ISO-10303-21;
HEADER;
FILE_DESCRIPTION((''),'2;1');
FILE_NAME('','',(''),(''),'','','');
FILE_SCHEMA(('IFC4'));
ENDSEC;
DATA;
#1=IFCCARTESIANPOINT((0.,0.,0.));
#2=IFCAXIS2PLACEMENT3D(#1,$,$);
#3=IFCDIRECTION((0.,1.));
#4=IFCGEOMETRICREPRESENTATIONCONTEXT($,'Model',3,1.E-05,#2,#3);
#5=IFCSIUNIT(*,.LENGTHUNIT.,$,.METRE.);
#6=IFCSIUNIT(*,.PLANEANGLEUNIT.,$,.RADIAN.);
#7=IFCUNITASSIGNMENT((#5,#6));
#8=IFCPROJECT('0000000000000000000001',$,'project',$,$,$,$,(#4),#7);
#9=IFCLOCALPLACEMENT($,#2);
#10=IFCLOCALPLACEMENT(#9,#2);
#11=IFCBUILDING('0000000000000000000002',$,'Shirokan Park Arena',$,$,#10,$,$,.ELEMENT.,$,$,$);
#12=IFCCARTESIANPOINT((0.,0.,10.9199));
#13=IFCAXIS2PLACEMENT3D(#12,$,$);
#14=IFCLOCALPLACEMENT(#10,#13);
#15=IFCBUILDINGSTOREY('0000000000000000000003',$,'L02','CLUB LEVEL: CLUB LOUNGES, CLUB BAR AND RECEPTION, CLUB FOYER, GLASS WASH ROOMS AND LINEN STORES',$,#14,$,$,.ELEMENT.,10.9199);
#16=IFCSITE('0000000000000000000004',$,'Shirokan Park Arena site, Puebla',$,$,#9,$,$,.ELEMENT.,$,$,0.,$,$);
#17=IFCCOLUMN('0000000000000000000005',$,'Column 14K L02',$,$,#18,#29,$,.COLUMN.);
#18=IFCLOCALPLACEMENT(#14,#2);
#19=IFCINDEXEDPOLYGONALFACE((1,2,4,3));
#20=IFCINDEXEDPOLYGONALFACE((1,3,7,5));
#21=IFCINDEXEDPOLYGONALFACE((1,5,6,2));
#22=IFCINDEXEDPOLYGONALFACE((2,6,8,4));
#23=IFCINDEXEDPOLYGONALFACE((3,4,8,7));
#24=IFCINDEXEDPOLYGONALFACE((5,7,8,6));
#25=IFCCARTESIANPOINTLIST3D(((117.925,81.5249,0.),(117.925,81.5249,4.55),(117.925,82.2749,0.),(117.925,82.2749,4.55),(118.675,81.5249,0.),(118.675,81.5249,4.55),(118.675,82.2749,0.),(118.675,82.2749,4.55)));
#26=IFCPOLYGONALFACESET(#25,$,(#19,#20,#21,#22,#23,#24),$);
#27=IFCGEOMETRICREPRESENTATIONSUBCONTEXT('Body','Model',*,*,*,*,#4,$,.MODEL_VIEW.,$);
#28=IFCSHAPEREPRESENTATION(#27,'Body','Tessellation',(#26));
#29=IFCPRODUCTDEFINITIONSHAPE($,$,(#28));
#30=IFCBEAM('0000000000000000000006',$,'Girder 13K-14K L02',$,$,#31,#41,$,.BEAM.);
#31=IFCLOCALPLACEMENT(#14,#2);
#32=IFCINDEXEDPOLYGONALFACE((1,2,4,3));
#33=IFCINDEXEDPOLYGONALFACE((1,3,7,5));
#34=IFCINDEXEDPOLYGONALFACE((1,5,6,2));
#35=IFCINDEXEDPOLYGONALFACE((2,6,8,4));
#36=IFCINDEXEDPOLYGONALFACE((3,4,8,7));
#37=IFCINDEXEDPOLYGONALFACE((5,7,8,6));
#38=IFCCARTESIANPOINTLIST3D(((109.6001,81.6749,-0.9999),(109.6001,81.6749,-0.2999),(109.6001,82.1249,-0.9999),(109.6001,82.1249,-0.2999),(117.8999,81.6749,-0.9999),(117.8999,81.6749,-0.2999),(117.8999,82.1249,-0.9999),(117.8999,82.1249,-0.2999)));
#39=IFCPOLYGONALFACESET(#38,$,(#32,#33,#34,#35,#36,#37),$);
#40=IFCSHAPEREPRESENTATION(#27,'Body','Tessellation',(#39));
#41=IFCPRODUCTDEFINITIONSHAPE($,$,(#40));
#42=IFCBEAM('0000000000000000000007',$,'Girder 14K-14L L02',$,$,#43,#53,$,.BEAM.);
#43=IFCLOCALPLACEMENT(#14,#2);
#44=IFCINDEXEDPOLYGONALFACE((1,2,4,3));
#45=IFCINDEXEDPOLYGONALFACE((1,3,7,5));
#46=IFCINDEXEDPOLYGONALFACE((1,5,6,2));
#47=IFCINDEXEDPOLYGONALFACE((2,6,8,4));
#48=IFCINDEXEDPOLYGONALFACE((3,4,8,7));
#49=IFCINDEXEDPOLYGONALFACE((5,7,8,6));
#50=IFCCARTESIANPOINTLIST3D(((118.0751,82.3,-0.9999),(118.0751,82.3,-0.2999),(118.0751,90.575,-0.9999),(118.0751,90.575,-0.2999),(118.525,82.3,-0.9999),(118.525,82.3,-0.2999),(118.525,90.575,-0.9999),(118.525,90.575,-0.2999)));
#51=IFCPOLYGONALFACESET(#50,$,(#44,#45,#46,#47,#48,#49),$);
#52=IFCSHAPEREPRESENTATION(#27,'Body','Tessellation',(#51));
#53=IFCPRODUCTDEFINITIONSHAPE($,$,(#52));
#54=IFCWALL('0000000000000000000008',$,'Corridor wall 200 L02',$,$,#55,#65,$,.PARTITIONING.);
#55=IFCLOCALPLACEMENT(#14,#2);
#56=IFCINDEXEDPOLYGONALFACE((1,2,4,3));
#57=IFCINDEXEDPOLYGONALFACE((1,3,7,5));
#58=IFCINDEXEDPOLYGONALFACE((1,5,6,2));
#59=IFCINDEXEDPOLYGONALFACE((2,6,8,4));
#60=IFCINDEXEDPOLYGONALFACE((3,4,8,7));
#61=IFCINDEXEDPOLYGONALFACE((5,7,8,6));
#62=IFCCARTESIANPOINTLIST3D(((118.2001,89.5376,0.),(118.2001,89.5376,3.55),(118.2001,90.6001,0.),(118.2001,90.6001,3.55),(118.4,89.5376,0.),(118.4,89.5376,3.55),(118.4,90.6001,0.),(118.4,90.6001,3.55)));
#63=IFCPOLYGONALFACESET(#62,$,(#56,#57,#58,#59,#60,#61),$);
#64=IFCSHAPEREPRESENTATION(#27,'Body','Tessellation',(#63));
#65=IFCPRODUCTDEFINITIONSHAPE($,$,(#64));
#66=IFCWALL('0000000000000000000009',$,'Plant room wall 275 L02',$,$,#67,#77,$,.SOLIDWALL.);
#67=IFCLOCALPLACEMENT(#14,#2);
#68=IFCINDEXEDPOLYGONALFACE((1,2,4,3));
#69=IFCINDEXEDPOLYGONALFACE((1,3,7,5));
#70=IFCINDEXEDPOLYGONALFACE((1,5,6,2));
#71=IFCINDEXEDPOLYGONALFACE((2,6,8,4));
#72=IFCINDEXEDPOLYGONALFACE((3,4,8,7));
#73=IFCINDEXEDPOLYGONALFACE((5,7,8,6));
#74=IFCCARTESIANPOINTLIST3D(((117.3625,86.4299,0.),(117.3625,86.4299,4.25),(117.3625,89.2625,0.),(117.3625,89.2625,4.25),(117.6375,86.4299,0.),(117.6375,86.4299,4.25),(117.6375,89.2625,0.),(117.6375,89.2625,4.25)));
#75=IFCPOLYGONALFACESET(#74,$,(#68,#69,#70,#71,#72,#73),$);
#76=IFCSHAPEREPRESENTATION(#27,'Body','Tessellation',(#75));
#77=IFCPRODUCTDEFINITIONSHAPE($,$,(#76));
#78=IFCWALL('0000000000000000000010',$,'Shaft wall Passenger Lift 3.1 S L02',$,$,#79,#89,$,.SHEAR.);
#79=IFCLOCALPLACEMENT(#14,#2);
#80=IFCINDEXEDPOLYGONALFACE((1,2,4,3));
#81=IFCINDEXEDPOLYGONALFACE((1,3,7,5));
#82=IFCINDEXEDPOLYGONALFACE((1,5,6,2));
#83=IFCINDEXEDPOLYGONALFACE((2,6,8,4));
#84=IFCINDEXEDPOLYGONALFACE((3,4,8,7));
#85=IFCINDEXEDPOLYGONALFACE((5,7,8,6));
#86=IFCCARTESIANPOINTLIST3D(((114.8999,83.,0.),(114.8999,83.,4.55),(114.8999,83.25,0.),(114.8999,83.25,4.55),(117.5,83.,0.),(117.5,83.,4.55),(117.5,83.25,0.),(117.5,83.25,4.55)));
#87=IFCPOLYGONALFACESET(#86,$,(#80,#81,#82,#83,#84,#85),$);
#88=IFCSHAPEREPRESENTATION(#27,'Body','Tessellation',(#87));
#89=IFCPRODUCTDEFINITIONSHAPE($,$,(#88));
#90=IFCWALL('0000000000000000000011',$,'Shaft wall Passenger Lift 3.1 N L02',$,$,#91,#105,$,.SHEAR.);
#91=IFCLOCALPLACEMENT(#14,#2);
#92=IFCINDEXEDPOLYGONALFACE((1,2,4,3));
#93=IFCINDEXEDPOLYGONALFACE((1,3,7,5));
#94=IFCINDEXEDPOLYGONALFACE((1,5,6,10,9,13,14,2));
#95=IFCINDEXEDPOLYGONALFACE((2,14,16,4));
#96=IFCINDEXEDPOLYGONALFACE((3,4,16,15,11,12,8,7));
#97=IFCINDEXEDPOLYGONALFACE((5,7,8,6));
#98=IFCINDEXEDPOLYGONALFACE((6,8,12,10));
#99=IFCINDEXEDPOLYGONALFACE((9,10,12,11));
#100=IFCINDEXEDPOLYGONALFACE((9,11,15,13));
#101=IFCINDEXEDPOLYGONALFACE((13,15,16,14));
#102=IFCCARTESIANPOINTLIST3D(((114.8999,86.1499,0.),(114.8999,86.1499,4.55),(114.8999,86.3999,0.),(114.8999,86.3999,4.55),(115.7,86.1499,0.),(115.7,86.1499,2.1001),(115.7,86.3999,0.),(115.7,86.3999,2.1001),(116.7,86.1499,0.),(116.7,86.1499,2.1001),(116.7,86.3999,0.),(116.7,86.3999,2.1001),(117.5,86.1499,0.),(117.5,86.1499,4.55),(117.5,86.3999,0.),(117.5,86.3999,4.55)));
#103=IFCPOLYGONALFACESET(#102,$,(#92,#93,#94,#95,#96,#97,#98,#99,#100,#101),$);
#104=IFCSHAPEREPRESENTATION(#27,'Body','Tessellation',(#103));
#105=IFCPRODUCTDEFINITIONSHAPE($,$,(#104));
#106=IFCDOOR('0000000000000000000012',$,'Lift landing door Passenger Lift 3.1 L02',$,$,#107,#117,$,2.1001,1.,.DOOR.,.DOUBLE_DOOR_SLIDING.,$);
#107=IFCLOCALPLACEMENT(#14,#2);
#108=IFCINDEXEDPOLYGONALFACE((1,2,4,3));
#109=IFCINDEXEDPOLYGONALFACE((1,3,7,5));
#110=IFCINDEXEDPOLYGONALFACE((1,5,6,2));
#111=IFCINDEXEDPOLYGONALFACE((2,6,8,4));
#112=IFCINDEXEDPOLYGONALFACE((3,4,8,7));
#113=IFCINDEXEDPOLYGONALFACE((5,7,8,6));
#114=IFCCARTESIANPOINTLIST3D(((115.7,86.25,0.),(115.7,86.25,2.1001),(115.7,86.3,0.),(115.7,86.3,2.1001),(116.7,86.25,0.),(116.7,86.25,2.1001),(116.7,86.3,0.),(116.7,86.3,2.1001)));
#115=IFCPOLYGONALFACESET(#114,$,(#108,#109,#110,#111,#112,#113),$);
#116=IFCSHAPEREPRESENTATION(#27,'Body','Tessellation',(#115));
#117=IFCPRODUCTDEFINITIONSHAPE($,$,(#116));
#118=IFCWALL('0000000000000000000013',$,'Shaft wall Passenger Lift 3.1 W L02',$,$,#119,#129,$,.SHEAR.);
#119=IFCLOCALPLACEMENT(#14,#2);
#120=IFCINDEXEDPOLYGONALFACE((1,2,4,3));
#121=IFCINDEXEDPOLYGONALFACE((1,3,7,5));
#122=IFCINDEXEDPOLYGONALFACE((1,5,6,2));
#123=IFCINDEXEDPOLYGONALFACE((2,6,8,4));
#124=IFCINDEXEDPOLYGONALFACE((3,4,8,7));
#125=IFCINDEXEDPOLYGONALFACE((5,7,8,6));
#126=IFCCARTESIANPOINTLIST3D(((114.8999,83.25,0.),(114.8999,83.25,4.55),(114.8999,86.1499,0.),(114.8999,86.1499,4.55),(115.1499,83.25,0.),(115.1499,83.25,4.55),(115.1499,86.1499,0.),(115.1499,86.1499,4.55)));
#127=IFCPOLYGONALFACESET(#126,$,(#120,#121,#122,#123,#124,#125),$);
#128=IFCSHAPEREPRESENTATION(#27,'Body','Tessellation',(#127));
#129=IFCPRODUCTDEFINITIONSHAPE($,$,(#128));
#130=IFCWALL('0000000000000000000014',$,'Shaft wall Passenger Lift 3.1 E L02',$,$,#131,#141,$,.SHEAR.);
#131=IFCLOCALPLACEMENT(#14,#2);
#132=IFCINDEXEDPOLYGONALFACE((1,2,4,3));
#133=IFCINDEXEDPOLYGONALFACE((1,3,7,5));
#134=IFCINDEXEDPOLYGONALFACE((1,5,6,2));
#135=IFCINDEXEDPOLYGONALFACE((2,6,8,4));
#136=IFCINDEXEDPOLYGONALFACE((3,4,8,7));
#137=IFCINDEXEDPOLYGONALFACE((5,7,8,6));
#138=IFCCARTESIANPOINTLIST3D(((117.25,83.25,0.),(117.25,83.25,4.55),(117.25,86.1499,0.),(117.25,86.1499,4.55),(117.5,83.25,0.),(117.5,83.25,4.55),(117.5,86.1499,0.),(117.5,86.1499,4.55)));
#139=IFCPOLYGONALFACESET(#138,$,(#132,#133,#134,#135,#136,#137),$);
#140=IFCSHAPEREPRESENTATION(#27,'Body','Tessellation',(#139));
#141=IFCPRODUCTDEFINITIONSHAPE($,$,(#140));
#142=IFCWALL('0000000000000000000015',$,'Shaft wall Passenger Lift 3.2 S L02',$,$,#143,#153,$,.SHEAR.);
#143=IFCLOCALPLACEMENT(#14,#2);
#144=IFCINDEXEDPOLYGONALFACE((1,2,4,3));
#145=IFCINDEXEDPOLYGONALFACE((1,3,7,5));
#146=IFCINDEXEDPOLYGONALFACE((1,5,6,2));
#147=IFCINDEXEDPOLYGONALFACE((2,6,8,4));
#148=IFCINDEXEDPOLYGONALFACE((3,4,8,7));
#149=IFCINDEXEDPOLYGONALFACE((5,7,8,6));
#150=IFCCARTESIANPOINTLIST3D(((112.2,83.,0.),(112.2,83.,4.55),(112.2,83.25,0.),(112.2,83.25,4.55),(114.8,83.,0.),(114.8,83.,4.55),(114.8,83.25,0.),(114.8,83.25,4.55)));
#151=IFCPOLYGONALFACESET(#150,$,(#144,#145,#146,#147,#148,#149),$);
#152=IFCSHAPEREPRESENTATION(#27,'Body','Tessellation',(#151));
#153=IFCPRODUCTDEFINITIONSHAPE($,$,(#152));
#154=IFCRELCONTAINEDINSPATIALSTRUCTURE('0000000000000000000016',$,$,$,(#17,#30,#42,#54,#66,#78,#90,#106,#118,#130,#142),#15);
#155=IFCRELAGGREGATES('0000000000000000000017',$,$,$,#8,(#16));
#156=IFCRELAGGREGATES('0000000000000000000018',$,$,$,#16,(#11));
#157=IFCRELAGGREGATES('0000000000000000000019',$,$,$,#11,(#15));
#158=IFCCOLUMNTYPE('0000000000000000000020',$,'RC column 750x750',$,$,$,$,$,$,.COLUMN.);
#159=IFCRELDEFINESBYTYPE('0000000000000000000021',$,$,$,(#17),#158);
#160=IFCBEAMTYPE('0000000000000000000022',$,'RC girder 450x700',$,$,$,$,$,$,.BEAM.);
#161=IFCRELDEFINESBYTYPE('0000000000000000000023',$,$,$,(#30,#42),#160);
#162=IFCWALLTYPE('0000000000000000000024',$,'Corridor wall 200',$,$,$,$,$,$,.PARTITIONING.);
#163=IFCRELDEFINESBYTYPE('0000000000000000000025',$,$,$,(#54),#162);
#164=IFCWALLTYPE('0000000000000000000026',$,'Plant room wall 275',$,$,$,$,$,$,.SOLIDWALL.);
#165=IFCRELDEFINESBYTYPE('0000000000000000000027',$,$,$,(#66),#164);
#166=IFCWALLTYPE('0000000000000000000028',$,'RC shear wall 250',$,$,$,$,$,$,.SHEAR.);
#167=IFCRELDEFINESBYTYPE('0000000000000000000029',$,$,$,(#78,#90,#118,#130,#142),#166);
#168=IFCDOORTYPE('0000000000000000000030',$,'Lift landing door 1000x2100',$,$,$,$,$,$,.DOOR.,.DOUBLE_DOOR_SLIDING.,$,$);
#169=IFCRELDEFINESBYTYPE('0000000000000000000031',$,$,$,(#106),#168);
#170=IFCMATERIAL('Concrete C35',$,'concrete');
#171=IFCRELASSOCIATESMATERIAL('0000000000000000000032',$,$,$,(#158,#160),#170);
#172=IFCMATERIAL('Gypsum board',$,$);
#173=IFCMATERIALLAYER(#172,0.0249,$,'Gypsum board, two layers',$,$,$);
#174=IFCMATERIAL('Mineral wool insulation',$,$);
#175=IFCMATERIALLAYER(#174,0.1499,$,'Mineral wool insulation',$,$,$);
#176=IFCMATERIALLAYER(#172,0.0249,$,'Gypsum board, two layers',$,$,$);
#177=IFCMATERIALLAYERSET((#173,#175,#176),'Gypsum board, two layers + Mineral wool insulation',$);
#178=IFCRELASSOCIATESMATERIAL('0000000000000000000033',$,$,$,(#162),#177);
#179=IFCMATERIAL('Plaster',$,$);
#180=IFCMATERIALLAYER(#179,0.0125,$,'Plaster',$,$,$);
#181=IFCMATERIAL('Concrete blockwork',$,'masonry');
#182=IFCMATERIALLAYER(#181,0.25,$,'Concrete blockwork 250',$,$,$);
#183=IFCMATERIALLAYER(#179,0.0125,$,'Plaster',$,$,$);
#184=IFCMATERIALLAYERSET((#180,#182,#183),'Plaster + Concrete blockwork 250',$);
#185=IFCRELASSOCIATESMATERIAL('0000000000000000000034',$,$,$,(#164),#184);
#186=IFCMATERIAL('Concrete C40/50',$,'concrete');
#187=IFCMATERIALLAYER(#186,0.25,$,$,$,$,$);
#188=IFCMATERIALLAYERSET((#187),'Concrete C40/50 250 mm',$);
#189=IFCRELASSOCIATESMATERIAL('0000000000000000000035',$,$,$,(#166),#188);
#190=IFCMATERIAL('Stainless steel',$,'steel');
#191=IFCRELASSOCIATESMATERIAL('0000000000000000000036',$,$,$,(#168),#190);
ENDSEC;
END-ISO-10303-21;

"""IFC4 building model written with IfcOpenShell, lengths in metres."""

from ifc_helpers import new_model, si_unit, direction, frame, frame_2d, origin, origin_2d, place, context, subcontext, project, spatial, rectangle, extrude, material, layer, layer_set, material_profile, profile_set, type_object, element, fill, save


model = new_model("IFC4")

# Units and contexts
model_context = context("Model", 3, precision=1e-05, world=origin(), true_north=direction((0.0, 1.0)))
body_context = subcontext(model_context, "Body", "Model", "MODEL_VIEW")
ifc_project = project(units=[si_unit("LENGTHUNIT", "METRE"), si_unit("PLANEANGLEUNIT", "RADIAN")], contexts=[model_context])

# Site, building, storey
site_placement = place(None, origin())
site = spatial("IfcSite", under=ifc_project, at=site_placement, Name="Shirokan Park Arena site, Puebla", CompositionType="ELEMENT", RefElevation=0.0)
building_placement = place(site_placement, origin())
building = spatial("IfcBuilding", under=site, at=building_placement, Name="Shirokan Park Arena", CompositionType="ELEMENT")
storey_placement = place(building_placement, frame((0.0, 0.0, 10.9199)))
storey = spatial("IfcBuildingStorey", under=building, at=storey_placement, Name="L02", Description="CLUB LEVEL: CLUB LOUNGES, CLUB BAR AND RECEPTION, CLUB FOYER, GLASS WASH ROOMS AND LINEN STORES", CompositionType="ELEMENT", Elevation=10.9199)

# Column
ifc_material_1 = material(Name="Concrete C35", Category="concrete")
ifc_material_profile_1 = material_profile(ifc_material_1, rectangle(XDim=0.75, YDim=0.75, at=origin_2d()), Name="750x750")
ifc_profile_set_1 = profile_set([ifc_material_profile_1], Name="Concrete C35")
column_type = type_object("IfcColumnType", Name="RC column 750x750", PredefinedType="COLUMN", material=ifc_profile_set_1)
column_placement = place(storey_placement, frame((118.3, 81.8999, 0.0), z_axis=(0.0, 0.0, 1.0), x_axis=(1.0, 0.0, 0.0)))
element("IfcColumn", 1, at=column_placement, inside=storey, type_object=column_type, Name="Column 14K L02", PredefinedType="COLUMN", context=body_context, shape_type="SweptSolid", body=[
    extrude(rectangle(XDim=0.75, YDim=0.75, at=origin_2d()), origin(), (0.0, 0.0, 1.0), 4.55),
])

# Beams
ifc_material_profile_2 = material_profile(ifc_material_1, rectangle(XDim=0.45, YDim=0.7, at=origin_2d()), Name="450x700")
ifc_profile_set_2 = profile_set([ifc_material_profile_2], Name="Concrete C35")
beam_type = type_object("IfcBeamType", Name="RC girder 450x700", PredefinedType="BEAM", material=ifc_profile_set_2)
beam_1_placement = place(storey_placement, frame((109.6001, 81.8999, -0.6499), z_axis=(1.0, 0.0, 0.0), x_axis=(0.0, 1.0, 0.0)))
element("IfcBeam", 2, at=beam_1_placement, inside=storey, type_object=beam_type, Name="Girder 13K-14K L02", PredefinedType="BEAM", context=body_context, shape_type="SweptSolid", body=[
    extrude(rectangle(XDim=0.45, YDim=0.7, at=origin_2d()), origin(), (0.0, 0.0, 1.0), 8.2998),
])
beam_2_placement = place(storey_placement, frame((118.3, 82.3, -0.6499), z_axis=(0.0, 1.0, 0.0), x_axis=(-1.0, 0.0, 0.0)))
element("IfcBeam", 3, at=beam_2_placement, inside=storey, type_object=beam_type, Name="Girder 14K-14L L02", PredefinedType="BEAM", context=body_context, shape_type="SweptSolid", body=[
    extrude(rectangle(XDim=0.45, YDim=0.7, at=origin_2d()), origin(), (0.0, 0.0, 1.0), 8.2749),
])

# Shared definitions
ifc_material_2 = material(Name="Gypsum board")
ifc_layer_1 = layer(ifc_material_2, 0.0249, Name="Gypsum board, two layers")
ifc_material_3 = material(Name="Mineral wool insulation")
ifc_layer_2 = layer(ifc_material_3, 0.1499, Name="Mineral wool insulation")
ifc_layer_3 = layer(ifc_material_2, 0.0249, Name="Gypsum board, two layers")
ifc_layer_set_1 = layer_set([ifc_layer_1, ifc_layer_2, ifc_layer_3], Name="Gypsum board, two layers + Mineral wool insulation")
wall_type_1 = type_object("IfcWallType", Name="Corridor wall 200", PredefinedType="PARTITIONING", material=ifc_layer_set_1)

# Walls
wall_1_placement = place(storey_placement, frame((118.3, 89.5376, 0.0), z_axis=(0.0, 0.0, 1.0), x_axis=(0.0, 1.0, 0.0)))
element("IfcWall", 4, at=wall_1_placement, inside=storey, type_object=wall_type_1, Name="Corridor wall 200 L02", PredefinedType="PARTITIONING", context=body_context, shape_type="SweptSolid", body=[
    extrude(rectangle(XDim=1.0625, YDim=0.2, at=frame_2d((0.5312, 0.0))), origin(), (0.0, 0.0, 1.0), 3.55),
])
ifc_material_4 = material(Name="Plaster")
ifc_layer_4 = layer(ifc_material_4, 0.0125, Name="Plaster")
ifc_material_5 = material(Name="Concrete blockwork", Category="masonry")
ifc_layer_5 = layer(ifc_material_5, 0.25, Name="Concrete blockwork 250")
ifc_layer_6 = layer(ifc_material_4, 0.0125, Name="Plaster")
ifc_layer_set_2 = layer_set([ifc_layer_4, ifc_layer_5, ifc_layer_6], Name="Plaster + Concrete blockwork 250")
wall_type_2 = type_object("IfcWallType", Name="Plant room wall 275", PredefinedType="SOLIDWALL", material=ifc_layer_set_2)
wall_2_placement = place(storey_placement, frame((117.5, 86.4299, 0.0), z_axis=(0.0, 0.0, 1.0), x_axis=(0.0, 1.0, 0.0)))
element("IfcWall", 5, at=wall_2_placement, inside=storey, type_object=wall_type_2, Name="Plant room wall 275 L02", PredefinedType="SOLIDWALL", context=body_context, shape_type="SweptSolid", body=[
    extrude(rectangle(XDim=2.8325, YDim=0.2749, at=frame_2d((1.4163, 0.0))), origin(), (0.0, 0.0, 1.0), 4.25),
])

# Wall
ifc_material_6 = material(Name="Concrete C40/50", Category="concrete")
ifc_layer_7 = layer(ifc_material_6, 0.25)
ifc_layer_set_3 = layer_set([ifc_layer_7], Name="Concrete C40/50 250 mm")
wall_type_3 = type_object("IfcWallType", Name="RC shear wall 250", PredefinedType="SHEAR", material=ifc_layer_set_3)
wall_3_placement = place(storey_placement, frame((117.5, 83.125, 0.0), z_axis=(0.0, 0.0, 1.0), x_axis=(-1.0, 0.0, 0.0)))
element("IfcWall", 6, at=wall_3_placement, inside=storey, type_object=wall_type_3, Name="Shaft wall Passenger Lift 3.1 S L02", PredefinedType="SHEAR", context=body_context, shape_type="SweptSolid", body=[
    extrude(rectangle(XDim=2.6001, YDim=0.25, at=frame_2d((1.3, 0.0))), origin(), (0.0, 0.0, 1.0), 4.55),
])

# Wall, opening, door
wall_4_placement = place(storey_placement, frame((117.5, 86.2749, 0.0), z_axis=(0.0, 0.0, 1.0), x_axis=(-1.0, 0.0, 0.0)))
wall_4 = element("IfcWall", 7, at=wall_4_placement, inside=storey, type_object=wall_type_3, Name="Shaft wall Passenger Lift 3.1 N L02", PredefinedType="SHEAR", context=body_context, shape_type="SweptSolid", body=[
    extrude(rectangle(XDim=2.6001, YDim=0.25, at=frame_2d((1.3, 0.0))), origin(), (0.0, 0.0, 1.0), 4.55),
])
opening_1_placement = place(wall_4_placement, frame((0.8, 0.0, 0.0)))
opening_1 = element("IfcOpeningElement", 8, at=opening_1_placement, cuts=wall_4, PredefinedType="OPENING", context=body_context, shape_type="SweptSolid", body=[
    extrude(rectangle(XDim=1.0, YDim=2.1001, at=frame_2d((0.5, 1.05))), frame((0.0, 0.135, 0.0), z_axis=(0.0, -1.0, 0.0), x_axis=(1.0, 0.0, 0.0)), (0.0, 0.0, 1.0), 0.27),
])
ifc_material_7 = material(Name="Stainless steel", Category="steel")
door_type_1 = type_object("IfcDoorType", Name="Lift landing door 1000x2100", OperationType="DOUBLE_DOOR_SLIDING", PredefinedType="DOOR", material=ifc_material_7)
door_1_placement = place(opening_1_placement, origin())
door_1 = element("IfcDoor", 9, at=door_1_placement, inside=storey, type_object=door_type_1, Name="Lift landing door Passenger Lift 3.1 L02", OperationType="DOUBLE_DOOR_SLIDING", OverallHeight=2.1001, OverallWidth=1.0, PredefinedType="DOOR", context=body_context, shape_type="SweptSolid", body=[
    extrude(rectangle(XDim=1.0, YDim=2.1001, at=frame_2d((0.5, 1.05))), frame((0.0, 0.0249, 0.0), z_axis=(0.0, -1.0, 0.0), x_axis=(1.0, 0.0, 0.0)), (0.0, 0.0, 1.0), 0.05),
])
fill(opening_1, door_1)

# Walls
for number, where, z_axis, x_axis, name in (
    (10, (115.0249, 86.1499, 0.0), (0.0, 0.0, 1.0), (0.0, -1.0, 0.0), "Shaft wall Passenger Lift 3.1 W L02"),
    (11, (117.375, 86.1499, 0.0), (0.0, 0.0, 1.0), (0.0, -1.0, 0.0), "Shaft wall Passenger Lift 3.1 E L02"),
):
    element("IfcWall", number, at=place(storey_placement, frame(where, z_axis=z_axis, x_axis=x_axis)), inside=storey, type_object=wall_type_3, Name=name, PredefinedType="SHEAR", context=body_context, shape_type="SweptSolid", body=[
        extrude(rectangle(XDim=2.8999, YDim=0.25, at=frame_2d((1.45, 0.0))), origin(), (0.0, 0.0, 1.0), 4.55),
    ])
wall_5_placement = place(storey_placement, frame((114.8, 83.125, 0.0), z_axis=(0.0, 0.0, 1.0), x_axis=(-1.0, 0.0, 0.0)))
element("IfcWall", 12, at=wall_5_placement, inside=storey, type_object=wall_type_3, Name="Shaft wall Passenger Lift 3.2 S L02", PredefinedType="SHEAR", context=body_context, shape_type="SweptSolid", body=[
    extrude(rectangle(XDim=2.6001, YDim=0.25, at=frame_2d((1.3, 0.0))), origin(), (0.0, 0.0, 1.0), 4.55),
])

save(model, "model.ifc")
